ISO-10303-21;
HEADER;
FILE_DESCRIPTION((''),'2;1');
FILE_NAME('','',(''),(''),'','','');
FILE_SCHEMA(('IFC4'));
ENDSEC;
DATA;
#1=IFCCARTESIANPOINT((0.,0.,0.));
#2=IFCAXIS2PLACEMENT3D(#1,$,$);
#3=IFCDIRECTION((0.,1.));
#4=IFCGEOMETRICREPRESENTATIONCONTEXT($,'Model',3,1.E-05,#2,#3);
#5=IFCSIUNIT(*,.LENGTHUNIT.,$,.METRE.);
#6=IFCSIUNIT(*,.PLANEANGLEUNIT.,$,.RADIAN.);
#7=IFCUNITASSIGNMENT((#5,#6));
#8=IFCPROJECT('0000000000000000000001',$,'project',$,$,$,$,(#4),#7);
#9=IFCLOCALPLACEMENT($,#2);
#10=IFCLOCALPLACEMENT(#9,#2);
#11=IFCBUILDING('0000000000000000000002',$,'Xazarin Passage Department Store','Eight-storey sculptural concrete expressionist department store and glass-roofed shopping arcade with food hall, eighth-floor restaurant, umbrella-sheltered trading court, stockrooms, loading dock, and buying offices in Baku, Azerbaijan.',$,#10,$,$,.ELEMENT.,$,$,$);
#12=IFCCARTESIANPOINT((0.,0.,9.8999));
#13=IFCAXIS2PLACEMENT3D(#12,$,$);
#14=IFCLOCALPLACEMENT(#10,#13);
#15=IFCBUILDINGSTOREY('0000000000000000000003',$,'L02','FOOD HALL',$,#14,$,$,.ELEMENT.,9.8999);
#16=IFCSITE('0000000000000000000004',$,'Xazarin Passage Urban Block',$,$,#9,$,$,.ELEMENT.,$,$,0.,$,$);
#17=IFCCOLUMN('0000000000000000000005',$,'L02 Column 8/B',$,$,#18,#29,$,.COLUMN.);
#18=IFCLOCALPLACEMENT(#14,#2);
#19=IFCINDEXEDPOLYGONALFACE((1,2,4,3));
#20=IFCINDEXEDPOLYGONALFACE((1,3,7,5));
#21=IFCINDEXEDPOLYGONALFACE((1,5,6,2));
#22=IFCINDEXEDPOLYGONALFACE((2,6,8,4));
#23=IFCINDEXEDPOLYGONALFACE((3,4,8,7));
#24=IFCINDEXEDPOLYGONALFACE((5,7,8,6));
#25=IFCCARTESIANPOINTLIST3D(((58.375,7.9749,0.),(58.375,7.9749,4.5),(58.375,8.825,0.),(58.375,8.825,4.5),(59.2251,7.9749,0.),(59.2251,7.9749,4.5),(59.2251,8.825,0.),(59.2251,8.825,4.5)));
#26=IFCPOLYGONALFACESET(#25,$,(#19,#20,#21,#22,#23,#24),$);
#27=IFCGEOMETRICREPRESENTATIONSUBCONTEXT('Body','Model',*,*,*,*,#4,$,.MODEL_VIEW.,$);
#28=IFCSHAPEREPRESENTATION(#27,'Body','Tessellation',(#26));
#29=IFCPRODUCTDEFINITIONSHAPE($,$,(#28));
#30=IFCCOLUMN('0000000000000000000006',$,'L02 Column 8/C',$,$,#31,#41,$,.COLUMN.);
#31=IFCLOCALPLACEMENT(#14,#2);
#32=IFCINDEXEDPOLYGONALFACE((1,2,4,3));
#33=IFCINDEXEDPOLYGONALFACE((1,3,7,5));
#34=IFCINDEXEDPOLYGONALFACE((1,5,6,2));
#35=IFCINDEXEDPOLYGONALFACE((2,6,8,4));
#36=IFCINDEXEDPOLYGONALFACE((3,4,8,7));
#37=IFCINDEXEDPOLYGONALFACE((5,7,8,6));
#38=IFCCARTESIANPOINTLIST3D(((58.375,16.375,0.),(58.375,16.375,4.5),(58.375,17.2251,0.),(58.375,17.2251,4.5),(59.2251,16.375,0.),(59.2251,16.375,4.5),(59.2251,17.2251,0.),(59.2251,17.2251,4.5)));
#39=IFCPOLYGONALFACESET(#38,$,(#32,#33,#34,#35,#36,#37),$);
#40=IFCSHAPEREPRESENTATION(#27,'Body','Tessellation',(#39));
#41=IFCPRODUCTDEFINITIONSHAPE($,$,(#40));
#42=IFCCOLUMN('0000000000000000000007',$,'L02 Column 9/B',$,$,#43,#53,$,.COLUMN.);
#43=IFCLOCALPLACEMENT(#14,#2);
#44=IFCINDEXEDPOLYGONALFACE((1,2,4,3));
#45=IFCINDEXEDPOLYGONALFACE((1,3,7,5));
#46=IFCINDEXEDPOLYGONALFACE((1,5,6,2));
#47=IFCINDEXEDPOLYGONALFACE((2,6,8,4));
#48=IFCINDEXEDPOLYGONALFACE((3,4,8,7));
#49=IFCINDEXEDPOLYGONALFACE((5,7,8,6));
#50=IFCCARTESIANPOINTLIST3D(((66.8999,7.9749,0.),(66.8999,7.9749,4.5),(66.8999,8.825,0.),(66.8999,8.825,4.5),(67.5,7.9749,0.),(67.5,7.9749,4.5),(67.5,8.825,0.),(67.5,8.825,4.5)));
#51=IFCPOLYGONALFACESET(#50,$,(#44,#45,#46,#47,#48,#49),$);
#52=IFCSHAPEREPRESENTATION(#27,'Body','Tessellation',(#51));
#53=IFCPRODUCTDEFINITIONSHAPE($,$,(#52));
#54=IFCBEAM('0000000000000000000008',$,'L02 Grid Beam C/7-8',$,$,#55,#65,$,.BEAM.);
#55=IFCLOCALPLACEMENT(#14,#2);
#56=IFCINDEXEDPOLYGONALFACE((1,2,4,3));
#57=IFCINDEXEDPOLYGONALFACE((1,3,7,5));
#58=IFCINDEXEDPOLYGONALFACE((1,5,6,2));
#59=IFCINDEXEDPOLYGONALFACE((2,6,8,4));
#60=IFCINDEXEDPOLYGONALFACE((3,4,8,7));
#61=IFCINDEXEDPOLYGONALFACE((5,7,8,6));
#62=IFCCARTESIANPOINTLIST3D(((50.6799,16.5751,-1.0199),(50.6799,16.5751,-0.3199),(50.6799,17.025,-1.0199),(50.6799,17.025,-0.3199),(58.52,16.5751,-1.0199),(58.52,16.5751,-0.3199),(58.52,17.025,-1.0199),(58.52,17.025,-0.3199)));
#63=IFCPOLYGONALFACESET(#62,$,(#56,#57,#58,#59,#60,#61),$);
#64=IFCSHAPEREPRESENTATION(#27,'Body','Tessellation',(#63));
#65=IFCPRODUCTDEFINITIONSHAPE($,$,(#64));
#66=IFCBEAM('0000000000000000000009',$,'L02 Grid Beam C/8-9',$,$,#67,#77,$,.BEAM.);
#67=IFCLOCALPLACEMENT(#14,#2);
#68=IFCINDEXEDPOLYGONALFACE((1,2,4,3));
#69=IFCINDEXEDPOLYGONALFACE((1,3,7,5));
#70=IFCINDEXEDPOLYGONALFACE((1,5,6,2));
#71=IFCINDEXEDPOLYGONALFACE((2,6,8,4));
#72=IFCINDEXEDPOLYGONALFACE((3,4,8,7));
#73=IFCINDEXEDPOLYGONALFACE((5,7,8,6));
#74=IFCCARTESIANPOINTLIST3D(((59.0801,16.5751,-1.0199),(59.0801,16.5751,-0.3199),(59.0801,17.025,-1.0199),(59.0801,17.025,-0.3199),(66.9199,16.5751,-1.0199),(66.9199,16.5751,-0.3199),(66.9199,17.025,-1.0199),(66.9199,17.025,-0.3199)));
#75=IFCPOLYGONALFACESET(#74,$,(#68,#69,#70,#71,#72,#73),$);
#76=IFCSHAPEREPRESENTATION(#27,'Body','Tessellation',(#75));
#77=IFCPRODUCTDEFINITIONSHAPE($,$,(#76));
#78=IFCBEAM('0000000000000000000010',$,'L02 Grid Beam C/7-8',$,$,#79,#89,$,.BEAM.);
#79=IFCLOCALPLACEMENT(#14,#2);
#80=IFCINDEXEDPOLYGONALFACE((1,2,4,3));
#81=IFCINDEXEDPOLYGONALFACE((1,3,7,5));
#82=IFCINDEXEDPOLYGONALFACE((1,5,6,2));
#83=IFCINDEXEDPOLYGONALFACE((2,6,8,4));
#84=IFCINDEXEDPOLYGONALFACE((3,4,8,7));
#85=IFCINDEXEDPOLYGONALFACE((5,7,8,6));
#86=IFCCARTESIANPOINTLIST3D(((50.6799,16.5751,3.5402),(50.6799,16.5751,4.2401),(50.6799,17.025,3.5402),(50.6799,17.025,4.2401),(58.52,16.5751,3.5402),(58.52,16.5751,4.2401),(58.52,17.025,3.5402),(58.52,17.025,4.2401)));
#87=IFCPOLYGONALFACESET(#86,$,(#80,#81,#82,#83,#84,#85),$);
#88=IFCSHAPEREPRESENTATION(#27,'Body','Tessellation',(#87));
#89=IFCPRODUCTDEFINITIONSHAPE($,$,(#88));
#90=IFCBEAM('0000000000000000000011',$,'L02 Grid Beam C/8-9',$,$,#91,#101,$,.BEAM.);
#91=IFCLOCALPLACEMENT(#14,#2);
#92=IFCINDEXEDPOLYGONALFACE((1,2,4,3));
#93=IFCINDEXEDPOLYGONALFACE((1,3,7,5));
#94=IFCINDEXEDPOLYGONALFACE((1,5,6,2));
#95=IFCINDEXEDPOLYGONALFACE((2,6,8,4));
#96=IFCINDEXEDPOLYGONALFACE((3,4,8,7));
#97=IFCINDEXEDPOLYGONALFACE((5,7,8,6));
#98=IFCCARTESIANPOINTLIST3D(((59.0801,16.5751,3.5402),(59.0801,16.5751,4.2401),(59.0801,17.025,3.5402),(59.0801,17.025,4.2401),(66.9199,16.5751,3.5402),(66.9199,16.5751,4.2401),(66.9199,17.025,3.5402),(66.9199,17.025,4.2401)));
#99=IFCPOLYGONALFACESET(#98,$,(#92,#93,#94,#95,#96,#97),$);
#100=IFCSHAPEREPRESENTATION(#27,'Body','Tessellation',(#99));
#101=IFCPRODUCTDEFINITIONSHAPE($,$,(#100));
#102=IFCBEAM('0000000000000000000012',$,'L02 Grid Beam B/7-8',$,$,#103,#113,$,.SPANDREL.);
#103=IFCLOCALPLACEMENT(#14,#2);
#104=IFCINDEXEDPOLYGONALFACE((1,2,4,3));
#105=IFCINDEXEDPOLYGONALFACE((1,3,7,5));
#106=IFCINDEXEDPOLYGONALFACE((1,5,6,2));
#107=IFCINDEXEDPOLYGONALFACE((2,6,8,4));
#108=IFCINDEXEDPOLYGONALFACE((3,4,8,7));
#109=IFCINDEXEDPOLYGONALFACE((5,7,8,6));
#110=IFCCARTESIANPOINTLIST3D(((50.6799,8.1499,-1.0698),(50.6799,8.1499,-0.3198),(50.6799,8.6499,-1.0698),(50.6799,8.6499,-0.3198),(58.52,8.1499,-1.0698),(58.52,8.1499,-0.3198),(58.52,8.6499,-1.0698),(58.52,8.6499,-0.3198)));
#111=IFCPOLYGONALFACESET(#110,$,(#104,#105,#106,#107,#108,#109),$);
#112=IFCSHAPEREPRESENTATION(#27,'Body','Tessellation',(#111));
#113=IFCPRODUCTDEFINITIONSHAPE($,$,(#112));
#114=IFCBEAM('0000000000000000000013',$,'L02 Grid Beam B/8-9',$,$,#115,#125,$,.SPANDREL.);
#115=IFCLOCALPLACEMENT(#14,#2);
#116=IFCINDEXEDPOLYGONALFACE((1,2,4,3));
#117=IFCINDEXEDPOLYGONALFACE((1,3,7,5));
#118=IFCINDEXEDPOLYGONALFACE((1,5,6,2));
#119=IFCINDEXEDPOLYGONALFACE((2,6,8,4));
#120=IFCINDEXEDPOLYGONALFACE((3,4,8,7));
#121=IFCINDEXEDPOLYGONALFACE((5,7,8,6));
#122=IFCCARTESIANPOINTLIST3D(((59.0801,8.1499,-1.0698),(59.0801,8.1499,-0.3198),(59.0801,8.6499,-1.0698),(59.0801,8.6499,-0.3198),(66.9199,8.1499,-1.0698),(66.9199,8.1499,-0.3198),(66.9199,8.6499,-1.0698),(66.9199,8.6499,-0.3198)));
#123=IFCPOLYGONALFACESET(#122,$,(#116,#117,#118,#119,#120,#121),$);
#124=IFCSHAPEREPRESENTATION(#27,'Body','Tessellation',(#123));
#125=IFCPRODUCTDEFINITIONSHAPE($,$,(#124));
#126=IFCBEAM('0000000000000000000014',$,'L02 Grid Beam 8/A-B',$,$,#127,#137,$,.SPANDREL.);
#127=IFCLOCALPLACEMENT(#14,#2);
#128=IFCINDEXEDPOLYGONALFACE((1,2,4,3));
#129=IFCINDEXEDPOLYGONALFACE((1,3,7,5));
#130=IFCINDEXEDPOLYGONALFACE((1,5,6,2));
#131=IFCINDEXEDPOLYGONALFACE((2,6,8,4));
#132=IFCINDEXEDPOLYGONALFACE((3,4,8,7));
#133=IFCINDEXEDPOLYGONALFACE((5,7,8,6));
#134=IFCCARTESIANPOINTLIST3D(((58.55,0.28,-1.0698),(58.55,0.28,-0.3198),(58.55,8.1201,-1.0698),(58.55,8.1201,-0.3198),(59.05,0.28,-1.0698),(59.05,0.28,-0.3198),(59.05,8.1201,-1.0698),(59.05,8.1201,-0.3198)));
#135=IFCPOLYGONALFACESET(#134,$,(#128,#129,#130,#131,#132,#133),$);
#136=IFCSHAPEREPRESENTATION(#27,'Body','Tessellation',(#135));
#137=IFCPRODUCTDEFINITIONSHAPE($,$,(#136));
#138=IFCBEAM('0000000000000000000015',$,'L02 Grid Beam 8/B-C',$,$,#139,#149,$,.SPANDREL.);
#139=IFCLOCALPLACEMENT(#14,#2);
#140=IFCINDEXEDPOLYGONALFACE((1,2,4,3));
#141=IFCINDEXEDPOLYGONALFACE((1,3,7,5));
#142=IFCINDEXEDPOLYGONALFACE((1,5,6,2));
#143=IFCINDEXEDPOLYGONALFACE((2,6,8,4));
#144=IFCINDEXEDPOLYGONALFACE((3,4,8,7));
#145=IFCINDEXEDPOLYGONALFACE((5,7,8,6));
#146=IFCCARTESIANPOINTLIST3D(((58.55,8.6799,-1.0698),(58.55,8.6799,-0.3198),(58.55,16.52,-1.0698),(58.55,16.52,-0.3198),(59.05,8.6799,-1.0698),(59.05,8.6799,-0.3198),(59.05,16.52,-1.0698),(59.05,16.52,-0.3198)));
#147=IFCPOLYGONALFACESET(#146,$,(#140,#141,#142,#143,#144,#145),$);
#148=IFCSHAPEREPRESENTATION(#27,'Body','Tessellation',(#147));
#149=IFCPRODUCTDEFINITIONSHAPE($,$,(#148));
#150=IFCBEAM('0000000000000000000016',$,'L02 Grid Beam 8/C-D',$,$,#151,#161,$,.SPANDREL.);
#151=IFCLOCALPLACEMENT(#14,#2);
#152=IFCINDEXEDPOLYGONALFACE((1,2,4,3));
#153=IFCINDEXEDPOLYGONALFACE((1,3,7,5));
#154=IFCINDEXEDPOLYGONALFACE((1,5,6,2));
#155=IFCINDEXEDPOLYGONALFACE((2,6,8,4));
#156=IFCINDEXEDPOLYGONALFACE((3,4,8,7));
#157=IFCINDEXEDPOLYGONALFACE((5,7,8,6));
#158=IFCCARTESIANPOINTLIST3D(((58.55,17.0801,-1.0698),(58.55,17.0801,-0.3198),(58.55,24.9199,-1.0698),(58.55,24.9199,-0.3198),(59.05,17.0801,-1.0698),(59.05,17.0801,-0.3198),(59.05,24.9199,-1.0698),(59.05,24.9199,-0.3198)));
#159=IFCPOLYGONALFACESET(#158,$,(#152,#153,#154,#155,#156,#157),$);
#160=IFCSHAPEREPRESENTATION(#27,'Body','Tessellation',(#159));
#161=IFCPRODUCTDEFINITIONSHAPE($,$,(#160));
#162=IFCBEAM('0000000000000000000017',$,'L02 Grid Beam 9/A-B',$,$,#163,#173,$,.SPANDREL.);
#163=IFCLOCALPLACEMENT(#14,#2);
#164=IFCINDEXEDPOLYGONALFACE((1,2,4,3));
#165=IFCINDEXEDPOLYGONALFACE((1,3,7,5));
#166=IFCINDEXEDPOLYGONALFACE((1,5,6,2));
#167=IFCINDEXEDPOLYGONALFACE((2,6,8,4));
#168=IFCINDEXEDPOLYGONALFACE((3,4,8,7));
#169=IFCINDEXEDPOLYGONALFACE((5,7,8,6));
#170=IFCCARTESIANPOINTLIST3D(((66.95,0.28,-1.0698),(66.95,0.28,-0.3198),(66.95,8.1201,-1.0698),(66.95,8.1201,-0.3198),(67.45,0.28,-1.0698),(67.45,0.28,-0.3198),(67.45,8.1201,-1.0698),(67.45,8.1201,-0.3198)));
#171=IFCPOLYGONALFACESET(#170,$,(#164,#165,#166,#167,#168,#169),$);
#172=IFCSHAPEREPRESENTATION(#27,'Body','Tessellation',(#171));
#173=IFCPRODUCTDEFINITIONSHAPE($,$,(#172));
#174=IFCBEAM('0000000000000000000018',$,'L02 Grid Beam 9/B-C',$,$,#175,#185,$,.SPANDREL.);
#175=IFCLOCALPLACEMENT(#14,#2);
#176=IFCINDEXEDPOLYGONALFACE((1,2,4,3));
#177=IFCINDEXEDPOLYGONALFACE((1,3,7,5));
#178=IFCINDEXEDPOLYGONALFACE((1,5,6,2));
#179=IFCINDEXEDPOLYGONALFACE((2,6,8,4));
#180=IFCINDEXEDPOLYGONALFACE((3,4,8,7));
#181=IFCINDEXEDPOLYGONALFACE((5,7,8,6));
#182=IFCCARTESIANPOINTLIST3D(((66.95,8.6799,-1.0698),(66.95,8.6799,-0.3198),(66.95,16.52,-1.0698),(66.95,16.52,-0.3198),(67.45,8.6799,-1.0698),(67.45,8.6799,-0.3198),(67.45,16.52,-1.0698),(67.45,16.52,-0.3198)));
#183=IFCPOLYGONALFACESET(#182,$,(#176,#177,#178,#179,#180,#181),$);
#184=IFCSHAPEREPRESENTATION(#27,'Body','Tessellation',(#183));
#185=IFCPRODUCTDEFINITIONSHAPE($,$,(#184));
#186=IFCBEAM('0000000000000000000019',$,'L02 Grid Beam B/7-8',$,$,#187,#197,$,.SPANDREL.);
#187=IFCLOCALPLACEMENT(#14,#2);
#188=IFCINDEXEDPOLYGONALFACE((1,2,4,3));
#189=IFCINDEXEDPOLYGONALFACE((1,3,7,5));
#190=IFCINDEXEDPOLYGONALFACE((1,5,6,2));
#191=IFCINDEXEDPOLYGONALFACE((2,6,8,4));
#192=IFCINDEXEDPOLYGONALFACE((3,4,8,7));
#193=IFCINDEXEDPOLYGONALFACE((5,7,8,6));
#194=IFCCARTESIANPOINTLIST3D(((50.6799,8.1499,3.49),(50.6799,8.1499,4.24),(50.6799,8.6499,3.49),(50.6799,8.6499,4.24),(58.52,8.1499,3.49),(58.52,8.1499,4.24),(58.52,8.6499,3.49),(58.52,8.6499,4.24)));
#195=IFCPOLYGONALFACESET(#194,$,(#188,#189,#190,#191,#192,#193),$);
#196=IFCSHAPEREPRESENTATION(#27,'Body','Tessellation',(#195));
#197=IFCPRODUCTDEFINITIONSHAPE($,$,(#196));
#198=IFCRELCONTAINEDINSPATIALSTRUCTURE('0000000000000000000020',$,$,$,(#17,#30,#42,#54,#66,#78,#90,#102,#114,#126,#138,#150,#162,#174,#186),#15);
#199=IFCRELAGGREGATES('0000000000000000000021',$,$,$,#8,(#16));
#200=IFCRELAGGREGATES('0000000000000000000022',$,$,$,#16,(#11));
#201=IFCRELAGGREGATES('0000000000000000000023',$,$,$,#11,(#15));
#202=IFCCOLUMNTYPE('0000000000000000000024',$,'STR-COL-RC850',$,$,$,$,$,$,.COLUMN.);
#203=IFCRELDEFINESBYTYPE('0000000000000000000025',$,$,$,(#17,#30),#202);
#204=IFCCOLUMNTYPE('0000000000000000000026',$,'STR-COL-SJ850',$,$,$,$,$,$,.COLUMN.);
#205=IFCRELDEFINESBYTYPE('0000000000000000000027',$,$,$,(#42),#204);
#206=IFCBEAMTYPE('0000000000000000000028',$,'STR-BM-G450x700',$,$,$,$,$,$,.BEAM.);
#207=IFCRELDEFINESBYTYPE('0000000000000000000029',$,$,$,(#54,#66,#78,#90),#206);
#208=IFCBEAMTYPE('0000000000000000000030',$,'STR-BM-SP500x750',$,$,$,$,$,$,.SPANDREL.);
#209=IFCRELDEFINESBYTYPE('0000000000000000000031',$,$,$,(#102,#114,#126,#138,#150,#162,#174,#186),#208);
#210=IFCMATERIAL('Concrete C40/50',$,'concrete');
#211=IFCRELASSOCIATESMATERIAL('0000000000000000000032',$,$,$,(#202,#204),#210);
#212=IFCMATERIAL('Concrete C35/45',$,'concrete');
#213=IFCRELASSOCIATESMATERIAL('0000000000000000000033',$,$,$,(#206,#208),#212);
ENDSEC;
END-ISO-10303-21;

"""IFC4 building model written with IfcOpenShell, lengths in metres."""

from ifc_helpers import new_model, si_unit, direction, frame, origin, origin_2d, place, context, subcontext, project, spatial, rectangle, extrude, material, material_profile, profile_set, type_object, element, save


model = new_model("IFC4")

# Units and contexts
model_context = context("Model", 3, precision=1e-05, world=origin(), true_north=direction((0.0, 1.0)))
body_context = subcontext(model_context, "Body", "Model", "MODEL_VIEW")
ifc_project = project(units=[si_unit("LENGTHUNIT", "METRE"), si_unit("PLANEANGLEUNIT", "RADIAN")], contexts=[model_context])

# Site, building, storey
site_placement = place(None, origin())
site = spatial("IfcSite", under=ifc_project, at=site_placement, Name="Xazarin Passage Urban Block", CompositionType="ELEMENT", RefElevation=0.0)
building_placement = place(site_placement, origin())
building = spatial("IfcBuilding", under=site, at=building_placement, Name="Xazarin Passage Department Store", Description="Eight-storey sculptural concrete expressionist department store and glass-roofed shopping arcade with food hall, eighth-floor restaurant, umbrella-sheltered trading court, stockrooms, loading dock, and buying offices in Baku, Azerbaijan.", CompositionType="ELEMENT")
storey_placement = place(building_placement, frame((0.0, 0.0, 9.8999)))
storey = spatial("IfcBuildingStorey", under=building, at=storey_placement, Name="L02", Description="FOOD HALL", CompositionType="ELEMENT", Elevation=9.8999)

# Columns
ifc_material_1 = material(Name="Concrete C40/50", Category="concrete")
ifc_material_profile_1 = material_profile(ifc_material_1, rectangle(XDim=0.8501, YDim=0.8501, at=origin_2d()), Name="RC 850x850")
ifc_profile_set_1 = profile_set([ifc_material_profile_1], Name="Concrete C40/50")
column_type_1 = type_object("IfcColumnType", Name="STR-COL-RC850", PredefinedType="COLUMN", material=ifc_profile_set_1)
for number, where, z_axis, x_axis, name in (
    (1, (58.8, 8.3999, 0.0), (0.0, 0.0, 1.0), (1.0, 0.0, 0.0), "L02 Column 8/B"),
    (2, (58.8, 16.8, 0.0), (0.0, 0.0, 1.0), (1.0, 0.0, 0.0), "L02 Column 8/C"),
):
    element("IfcColumn", number, at=place(storey_placement, frame(where, z_axis=z_axis, x_axis=x_axis)), inside=storey, type_object=column_type_1, Name=name, PredefinedType="COLUMN", context=body_context, shape_type="SweptSolid", body=[
        extrude(rectangle(XDim=0.8501, YDim=0.8501, at=origin_2d()), origin(), (0.0, 0.0, 1.0), 4.5),
    ])
ifc_material_profile_2 = material_profile(ifc_material_1, rectangle(XDim=0.6001, YDim=0.8501, at=origin_2d()), Name="RC 600x850")
ifc_profile_set_2 = profile_set([ifc_material_profile_2], Name="Concrete C40/50")
column_type_2 = type_object("IfcColumnType", Name="STR-COL-SJ850", PredefinedType="COLUMN", material=ifc_profile_set_2)
column_placement = place(storey_placement, frame((67.2, 8.3999, 0.0), z_axis=(0.0, 0.0, 1.0), x_axis=(1.0, 0.0, 0.0)))
element("IfcColumn", 3, at=column_placement, inside=storey, type_object=column_type_2, Name="L02 Column 9/B", PredefinedType="COLUMN", context=body_context, shape_type="SweptSolid", body=[
    extrude(rectangle(XDim=0.6001, YDim=0.8501, at=origin_2d()), origin(), (0.0, 0.0, 1.0), 4.5),
])

# Beams
ifc_material_2 = material(Name="Concrete C35/45", Category="concrete")
ifc_material_profile_3 = material_profile(ifc_material_2, rectangle(XDim=0.45, YDim=0.7, at=origin_2d()), Name="RC 450x700")
ifc_profile_set_3 = profile_set([ifc_material_profile_3], Name="Concrete C35/45")
beam_type_1 = type_object("IfcBeamType", Name="STR-BM-G450x700", PredefinedType="BEAM", material=ifc_profile_set_3)
beam_1_placement = place(storey_placement, frame((50.6799, 16.8, -0.6699), z_axis=(1.0, 0.0, 0.0), x_axis=(0.0, 1.0, 0.0)))
element("IfcBeam", 4, at=beam_1_placement, inside=storey, type_object=beam_type_1, Name="L02 Grid Beam C/7-8", PredefinedType="BEAM", context=body_context, shape_type="SweptSolid", body=[
    extrude(rectangle(XDim=0.45, YDim=0.7, at=origin_2d()), origin(), (0.0, 0.0, 1.0), 7.8401),
])
beam_2_placement = place(storey_placement, frame((59.0801, 16.8, -0.6699), z_axis=(1.0, 0.0, 0.0), x_axis=(0.0, 1.0, 0.0)))
element("IfcBeam", 5, at=beam_2_placement, inside=storey, type_object=beam_type_1, Name="L02 Grid Beam C/8-9", PredefinedType="BEAM", context=body_context, shape_type="SweptSolid", body=[
    extrude(rectangle(XDim=0.45, YDim=0.7, at=origin_2d()), origin(), (0.0, 0.0, 1.0), 7.8398),
])
beam_3_placement = place(storey_placement, frame((50.6799, 16.8, 3.8901), z_axis=(1.0, 0.0, 0.0), x_axis=(0.0, 1.0, 0.0)))
element("IfcBeam", 6, at=beam_3_placement, inside=storey, type_object=beam_type_1, Name="L02 Grid Beam C/7-8", PredefinedType="BEAM", context=body_context, shape_type="SweptSolid", body=[
    extrude(rectangle(XDim=0.45, YDim=0.7, at=origin_2d()), origin(), (0.0, 0.0, 1.0), 7.8401),
])
beam_4_placement = place(storey_placement, frame((59.0801, 16.8, 3.8901), z_axis=(1.0, 0.0, 0.0), x_axis=(0.0, 1.0, 0.0)))
element("IfcBeam", 7, at=beam_4_placement, inside=storey, type_object=beam_type_1, Name="L02 Grid Beam C/8-9", PredefinedType="BEAM", context=body_context, shape_type="SweptSolid", body=[
    extrude(rectangle(XDim=0.45, YDim=0.7, at=origin_2d()), origin(), (0.0, 0.0, 1.0), 7.8398),
])
ifc_material_profile_4 = material_profile(ifc_material_2, rectangle(XDim=0.5, YDim=0.75, at=origin_2d()), Name="RC 500x750")
ifc_profile_set_4 = profile_set([ifc_material_profile_4], Name="Concrete C35/45")
beam_type_2 = type_object("IfcBeamType", Name="STR-BM-SP500x750", PredefinedType="SPANDREL", material=ifc_profile_set_4)
beam_5_placement = place(storey_placement, frame((50.6799, 8.3999, -0.6948), z_axis=(1.0, 0.0, 0.0), x_axis=(0.0, 1.0, 0.0)))
element("IfcBeam", 8, at=beam_5_placement, inside=storey, type_object=beam_type_2, Name="L02 Grid Beam B/7-8", PredefinedType="SPANDREL", context=body_context, shape_type="SweptSolid", body=[
    extrude(rectangle(XDim=0.5, YDim=0.75, at=origin_2d()), origin(), (0.0, 0.0, 1.0), 7.8401),
])
beam_6_placement = place(storey_placement, frame((59.0801, 8.3999, -0.6948), z_axis=(1.0, 0.0, 0.0), x_axis=(0.0, 1.0, 0.0)))
element("IfcBeam", 9, at=beam_6_placement, inside=storey, type_object=beam_type_2, Name="L02 Grid Beam B/8-9", PredefinedType="SPANDREL", context=body_context, shape_type="SweptSolid", body=[
    extrude(rectangle(XDim=0.5, YDim=0.75, at=origin_2d()), origin(), (0.0, 0.0, 1.0), 7.8398),
])
for number, where, z_axis, x_axis, name in (
    (10, (58.8, 0.28, -0.6948), (0.0, 1.0, 0.0), (-1.0, 0.0, 0.0), "L02 Grid Beam 8/A-B"),
    (11, (58.8, 8.6799, -0.6948), (0.0, 1.0, 0.0), (-1.0, 0.0, 0.0), "L02 Grid Beam 8/B-C"),
):
    element("IfcBeam", number, at=place(storey_placement, frame(where, z_axis=z_axis, x_axis=x_axis)), inside=storey, type_object=beam_type_2, Name=name, PredefinedType="SPANDREL", context=body_context, shape_type="SweptSolid", body=[
        extrude(rectangle(XDim=0.5, YDim=0.75, at=origin_2d()), origin(), (0.0, 0.0, 1.0), 7.8401),
    ])
beam_7_placement = place(storey_placement, frame((58.8, 17.0801, -0.6948), z_axis=(0.0, 1.0, 0.0), x_axis=(-1.0, 0.0, 0.0)))
element("IfcBeam", 12, at=beam_7_placement, inside=storey, type_object=beam_type_2, Name="L02 Grid Beam 8/C-D", PredefinedType="SPANDREL", context=body_context, shape_type="SweptSolid", body=[
    extrude(rectangle(XDim=0.5, YDim=0.75, at=origin_2d()), origin(), (0.0, 0.0, 1.0), 7.8398),
])
for number, where, z_axis, x_axis, name in (
    (13, (67.2, 0.28, -0.6948), (0.0, 1.0, 0.0), (-1.0, 0.0, 0.0), "L02 Grid Beam 9/A-B"),
    (14, (67.2, 8.6799, -0.6948), (0.0, 1.0, 0.0), (-1.0, 0.0, 0.0), "L02 Grid Beam 9/B-C"),
    (15, (50.6799, 8.3999, 3.865), (1.0, 0.0, 0.0), (0.0, 1.0, 0.0), "L02 Grid Beam B/7-8"),
):
    element("IfcBeam", number, at=place(storey_placement, frame(where, z_axis=z_axis, x_axis=x_axis)), inside=storey, type_object=beam_type_2, Name=name, PredefinedType="SPANDREL", context=body_context, shape_type="SweptSolid", body=[
        extrude(rectangle(XDim=0.5, YDim=0.75, at=origin_2d()), origin(), (0.0, 0.0, 1.0), 7.8401),
    ])

save(model, "model.ifc")
